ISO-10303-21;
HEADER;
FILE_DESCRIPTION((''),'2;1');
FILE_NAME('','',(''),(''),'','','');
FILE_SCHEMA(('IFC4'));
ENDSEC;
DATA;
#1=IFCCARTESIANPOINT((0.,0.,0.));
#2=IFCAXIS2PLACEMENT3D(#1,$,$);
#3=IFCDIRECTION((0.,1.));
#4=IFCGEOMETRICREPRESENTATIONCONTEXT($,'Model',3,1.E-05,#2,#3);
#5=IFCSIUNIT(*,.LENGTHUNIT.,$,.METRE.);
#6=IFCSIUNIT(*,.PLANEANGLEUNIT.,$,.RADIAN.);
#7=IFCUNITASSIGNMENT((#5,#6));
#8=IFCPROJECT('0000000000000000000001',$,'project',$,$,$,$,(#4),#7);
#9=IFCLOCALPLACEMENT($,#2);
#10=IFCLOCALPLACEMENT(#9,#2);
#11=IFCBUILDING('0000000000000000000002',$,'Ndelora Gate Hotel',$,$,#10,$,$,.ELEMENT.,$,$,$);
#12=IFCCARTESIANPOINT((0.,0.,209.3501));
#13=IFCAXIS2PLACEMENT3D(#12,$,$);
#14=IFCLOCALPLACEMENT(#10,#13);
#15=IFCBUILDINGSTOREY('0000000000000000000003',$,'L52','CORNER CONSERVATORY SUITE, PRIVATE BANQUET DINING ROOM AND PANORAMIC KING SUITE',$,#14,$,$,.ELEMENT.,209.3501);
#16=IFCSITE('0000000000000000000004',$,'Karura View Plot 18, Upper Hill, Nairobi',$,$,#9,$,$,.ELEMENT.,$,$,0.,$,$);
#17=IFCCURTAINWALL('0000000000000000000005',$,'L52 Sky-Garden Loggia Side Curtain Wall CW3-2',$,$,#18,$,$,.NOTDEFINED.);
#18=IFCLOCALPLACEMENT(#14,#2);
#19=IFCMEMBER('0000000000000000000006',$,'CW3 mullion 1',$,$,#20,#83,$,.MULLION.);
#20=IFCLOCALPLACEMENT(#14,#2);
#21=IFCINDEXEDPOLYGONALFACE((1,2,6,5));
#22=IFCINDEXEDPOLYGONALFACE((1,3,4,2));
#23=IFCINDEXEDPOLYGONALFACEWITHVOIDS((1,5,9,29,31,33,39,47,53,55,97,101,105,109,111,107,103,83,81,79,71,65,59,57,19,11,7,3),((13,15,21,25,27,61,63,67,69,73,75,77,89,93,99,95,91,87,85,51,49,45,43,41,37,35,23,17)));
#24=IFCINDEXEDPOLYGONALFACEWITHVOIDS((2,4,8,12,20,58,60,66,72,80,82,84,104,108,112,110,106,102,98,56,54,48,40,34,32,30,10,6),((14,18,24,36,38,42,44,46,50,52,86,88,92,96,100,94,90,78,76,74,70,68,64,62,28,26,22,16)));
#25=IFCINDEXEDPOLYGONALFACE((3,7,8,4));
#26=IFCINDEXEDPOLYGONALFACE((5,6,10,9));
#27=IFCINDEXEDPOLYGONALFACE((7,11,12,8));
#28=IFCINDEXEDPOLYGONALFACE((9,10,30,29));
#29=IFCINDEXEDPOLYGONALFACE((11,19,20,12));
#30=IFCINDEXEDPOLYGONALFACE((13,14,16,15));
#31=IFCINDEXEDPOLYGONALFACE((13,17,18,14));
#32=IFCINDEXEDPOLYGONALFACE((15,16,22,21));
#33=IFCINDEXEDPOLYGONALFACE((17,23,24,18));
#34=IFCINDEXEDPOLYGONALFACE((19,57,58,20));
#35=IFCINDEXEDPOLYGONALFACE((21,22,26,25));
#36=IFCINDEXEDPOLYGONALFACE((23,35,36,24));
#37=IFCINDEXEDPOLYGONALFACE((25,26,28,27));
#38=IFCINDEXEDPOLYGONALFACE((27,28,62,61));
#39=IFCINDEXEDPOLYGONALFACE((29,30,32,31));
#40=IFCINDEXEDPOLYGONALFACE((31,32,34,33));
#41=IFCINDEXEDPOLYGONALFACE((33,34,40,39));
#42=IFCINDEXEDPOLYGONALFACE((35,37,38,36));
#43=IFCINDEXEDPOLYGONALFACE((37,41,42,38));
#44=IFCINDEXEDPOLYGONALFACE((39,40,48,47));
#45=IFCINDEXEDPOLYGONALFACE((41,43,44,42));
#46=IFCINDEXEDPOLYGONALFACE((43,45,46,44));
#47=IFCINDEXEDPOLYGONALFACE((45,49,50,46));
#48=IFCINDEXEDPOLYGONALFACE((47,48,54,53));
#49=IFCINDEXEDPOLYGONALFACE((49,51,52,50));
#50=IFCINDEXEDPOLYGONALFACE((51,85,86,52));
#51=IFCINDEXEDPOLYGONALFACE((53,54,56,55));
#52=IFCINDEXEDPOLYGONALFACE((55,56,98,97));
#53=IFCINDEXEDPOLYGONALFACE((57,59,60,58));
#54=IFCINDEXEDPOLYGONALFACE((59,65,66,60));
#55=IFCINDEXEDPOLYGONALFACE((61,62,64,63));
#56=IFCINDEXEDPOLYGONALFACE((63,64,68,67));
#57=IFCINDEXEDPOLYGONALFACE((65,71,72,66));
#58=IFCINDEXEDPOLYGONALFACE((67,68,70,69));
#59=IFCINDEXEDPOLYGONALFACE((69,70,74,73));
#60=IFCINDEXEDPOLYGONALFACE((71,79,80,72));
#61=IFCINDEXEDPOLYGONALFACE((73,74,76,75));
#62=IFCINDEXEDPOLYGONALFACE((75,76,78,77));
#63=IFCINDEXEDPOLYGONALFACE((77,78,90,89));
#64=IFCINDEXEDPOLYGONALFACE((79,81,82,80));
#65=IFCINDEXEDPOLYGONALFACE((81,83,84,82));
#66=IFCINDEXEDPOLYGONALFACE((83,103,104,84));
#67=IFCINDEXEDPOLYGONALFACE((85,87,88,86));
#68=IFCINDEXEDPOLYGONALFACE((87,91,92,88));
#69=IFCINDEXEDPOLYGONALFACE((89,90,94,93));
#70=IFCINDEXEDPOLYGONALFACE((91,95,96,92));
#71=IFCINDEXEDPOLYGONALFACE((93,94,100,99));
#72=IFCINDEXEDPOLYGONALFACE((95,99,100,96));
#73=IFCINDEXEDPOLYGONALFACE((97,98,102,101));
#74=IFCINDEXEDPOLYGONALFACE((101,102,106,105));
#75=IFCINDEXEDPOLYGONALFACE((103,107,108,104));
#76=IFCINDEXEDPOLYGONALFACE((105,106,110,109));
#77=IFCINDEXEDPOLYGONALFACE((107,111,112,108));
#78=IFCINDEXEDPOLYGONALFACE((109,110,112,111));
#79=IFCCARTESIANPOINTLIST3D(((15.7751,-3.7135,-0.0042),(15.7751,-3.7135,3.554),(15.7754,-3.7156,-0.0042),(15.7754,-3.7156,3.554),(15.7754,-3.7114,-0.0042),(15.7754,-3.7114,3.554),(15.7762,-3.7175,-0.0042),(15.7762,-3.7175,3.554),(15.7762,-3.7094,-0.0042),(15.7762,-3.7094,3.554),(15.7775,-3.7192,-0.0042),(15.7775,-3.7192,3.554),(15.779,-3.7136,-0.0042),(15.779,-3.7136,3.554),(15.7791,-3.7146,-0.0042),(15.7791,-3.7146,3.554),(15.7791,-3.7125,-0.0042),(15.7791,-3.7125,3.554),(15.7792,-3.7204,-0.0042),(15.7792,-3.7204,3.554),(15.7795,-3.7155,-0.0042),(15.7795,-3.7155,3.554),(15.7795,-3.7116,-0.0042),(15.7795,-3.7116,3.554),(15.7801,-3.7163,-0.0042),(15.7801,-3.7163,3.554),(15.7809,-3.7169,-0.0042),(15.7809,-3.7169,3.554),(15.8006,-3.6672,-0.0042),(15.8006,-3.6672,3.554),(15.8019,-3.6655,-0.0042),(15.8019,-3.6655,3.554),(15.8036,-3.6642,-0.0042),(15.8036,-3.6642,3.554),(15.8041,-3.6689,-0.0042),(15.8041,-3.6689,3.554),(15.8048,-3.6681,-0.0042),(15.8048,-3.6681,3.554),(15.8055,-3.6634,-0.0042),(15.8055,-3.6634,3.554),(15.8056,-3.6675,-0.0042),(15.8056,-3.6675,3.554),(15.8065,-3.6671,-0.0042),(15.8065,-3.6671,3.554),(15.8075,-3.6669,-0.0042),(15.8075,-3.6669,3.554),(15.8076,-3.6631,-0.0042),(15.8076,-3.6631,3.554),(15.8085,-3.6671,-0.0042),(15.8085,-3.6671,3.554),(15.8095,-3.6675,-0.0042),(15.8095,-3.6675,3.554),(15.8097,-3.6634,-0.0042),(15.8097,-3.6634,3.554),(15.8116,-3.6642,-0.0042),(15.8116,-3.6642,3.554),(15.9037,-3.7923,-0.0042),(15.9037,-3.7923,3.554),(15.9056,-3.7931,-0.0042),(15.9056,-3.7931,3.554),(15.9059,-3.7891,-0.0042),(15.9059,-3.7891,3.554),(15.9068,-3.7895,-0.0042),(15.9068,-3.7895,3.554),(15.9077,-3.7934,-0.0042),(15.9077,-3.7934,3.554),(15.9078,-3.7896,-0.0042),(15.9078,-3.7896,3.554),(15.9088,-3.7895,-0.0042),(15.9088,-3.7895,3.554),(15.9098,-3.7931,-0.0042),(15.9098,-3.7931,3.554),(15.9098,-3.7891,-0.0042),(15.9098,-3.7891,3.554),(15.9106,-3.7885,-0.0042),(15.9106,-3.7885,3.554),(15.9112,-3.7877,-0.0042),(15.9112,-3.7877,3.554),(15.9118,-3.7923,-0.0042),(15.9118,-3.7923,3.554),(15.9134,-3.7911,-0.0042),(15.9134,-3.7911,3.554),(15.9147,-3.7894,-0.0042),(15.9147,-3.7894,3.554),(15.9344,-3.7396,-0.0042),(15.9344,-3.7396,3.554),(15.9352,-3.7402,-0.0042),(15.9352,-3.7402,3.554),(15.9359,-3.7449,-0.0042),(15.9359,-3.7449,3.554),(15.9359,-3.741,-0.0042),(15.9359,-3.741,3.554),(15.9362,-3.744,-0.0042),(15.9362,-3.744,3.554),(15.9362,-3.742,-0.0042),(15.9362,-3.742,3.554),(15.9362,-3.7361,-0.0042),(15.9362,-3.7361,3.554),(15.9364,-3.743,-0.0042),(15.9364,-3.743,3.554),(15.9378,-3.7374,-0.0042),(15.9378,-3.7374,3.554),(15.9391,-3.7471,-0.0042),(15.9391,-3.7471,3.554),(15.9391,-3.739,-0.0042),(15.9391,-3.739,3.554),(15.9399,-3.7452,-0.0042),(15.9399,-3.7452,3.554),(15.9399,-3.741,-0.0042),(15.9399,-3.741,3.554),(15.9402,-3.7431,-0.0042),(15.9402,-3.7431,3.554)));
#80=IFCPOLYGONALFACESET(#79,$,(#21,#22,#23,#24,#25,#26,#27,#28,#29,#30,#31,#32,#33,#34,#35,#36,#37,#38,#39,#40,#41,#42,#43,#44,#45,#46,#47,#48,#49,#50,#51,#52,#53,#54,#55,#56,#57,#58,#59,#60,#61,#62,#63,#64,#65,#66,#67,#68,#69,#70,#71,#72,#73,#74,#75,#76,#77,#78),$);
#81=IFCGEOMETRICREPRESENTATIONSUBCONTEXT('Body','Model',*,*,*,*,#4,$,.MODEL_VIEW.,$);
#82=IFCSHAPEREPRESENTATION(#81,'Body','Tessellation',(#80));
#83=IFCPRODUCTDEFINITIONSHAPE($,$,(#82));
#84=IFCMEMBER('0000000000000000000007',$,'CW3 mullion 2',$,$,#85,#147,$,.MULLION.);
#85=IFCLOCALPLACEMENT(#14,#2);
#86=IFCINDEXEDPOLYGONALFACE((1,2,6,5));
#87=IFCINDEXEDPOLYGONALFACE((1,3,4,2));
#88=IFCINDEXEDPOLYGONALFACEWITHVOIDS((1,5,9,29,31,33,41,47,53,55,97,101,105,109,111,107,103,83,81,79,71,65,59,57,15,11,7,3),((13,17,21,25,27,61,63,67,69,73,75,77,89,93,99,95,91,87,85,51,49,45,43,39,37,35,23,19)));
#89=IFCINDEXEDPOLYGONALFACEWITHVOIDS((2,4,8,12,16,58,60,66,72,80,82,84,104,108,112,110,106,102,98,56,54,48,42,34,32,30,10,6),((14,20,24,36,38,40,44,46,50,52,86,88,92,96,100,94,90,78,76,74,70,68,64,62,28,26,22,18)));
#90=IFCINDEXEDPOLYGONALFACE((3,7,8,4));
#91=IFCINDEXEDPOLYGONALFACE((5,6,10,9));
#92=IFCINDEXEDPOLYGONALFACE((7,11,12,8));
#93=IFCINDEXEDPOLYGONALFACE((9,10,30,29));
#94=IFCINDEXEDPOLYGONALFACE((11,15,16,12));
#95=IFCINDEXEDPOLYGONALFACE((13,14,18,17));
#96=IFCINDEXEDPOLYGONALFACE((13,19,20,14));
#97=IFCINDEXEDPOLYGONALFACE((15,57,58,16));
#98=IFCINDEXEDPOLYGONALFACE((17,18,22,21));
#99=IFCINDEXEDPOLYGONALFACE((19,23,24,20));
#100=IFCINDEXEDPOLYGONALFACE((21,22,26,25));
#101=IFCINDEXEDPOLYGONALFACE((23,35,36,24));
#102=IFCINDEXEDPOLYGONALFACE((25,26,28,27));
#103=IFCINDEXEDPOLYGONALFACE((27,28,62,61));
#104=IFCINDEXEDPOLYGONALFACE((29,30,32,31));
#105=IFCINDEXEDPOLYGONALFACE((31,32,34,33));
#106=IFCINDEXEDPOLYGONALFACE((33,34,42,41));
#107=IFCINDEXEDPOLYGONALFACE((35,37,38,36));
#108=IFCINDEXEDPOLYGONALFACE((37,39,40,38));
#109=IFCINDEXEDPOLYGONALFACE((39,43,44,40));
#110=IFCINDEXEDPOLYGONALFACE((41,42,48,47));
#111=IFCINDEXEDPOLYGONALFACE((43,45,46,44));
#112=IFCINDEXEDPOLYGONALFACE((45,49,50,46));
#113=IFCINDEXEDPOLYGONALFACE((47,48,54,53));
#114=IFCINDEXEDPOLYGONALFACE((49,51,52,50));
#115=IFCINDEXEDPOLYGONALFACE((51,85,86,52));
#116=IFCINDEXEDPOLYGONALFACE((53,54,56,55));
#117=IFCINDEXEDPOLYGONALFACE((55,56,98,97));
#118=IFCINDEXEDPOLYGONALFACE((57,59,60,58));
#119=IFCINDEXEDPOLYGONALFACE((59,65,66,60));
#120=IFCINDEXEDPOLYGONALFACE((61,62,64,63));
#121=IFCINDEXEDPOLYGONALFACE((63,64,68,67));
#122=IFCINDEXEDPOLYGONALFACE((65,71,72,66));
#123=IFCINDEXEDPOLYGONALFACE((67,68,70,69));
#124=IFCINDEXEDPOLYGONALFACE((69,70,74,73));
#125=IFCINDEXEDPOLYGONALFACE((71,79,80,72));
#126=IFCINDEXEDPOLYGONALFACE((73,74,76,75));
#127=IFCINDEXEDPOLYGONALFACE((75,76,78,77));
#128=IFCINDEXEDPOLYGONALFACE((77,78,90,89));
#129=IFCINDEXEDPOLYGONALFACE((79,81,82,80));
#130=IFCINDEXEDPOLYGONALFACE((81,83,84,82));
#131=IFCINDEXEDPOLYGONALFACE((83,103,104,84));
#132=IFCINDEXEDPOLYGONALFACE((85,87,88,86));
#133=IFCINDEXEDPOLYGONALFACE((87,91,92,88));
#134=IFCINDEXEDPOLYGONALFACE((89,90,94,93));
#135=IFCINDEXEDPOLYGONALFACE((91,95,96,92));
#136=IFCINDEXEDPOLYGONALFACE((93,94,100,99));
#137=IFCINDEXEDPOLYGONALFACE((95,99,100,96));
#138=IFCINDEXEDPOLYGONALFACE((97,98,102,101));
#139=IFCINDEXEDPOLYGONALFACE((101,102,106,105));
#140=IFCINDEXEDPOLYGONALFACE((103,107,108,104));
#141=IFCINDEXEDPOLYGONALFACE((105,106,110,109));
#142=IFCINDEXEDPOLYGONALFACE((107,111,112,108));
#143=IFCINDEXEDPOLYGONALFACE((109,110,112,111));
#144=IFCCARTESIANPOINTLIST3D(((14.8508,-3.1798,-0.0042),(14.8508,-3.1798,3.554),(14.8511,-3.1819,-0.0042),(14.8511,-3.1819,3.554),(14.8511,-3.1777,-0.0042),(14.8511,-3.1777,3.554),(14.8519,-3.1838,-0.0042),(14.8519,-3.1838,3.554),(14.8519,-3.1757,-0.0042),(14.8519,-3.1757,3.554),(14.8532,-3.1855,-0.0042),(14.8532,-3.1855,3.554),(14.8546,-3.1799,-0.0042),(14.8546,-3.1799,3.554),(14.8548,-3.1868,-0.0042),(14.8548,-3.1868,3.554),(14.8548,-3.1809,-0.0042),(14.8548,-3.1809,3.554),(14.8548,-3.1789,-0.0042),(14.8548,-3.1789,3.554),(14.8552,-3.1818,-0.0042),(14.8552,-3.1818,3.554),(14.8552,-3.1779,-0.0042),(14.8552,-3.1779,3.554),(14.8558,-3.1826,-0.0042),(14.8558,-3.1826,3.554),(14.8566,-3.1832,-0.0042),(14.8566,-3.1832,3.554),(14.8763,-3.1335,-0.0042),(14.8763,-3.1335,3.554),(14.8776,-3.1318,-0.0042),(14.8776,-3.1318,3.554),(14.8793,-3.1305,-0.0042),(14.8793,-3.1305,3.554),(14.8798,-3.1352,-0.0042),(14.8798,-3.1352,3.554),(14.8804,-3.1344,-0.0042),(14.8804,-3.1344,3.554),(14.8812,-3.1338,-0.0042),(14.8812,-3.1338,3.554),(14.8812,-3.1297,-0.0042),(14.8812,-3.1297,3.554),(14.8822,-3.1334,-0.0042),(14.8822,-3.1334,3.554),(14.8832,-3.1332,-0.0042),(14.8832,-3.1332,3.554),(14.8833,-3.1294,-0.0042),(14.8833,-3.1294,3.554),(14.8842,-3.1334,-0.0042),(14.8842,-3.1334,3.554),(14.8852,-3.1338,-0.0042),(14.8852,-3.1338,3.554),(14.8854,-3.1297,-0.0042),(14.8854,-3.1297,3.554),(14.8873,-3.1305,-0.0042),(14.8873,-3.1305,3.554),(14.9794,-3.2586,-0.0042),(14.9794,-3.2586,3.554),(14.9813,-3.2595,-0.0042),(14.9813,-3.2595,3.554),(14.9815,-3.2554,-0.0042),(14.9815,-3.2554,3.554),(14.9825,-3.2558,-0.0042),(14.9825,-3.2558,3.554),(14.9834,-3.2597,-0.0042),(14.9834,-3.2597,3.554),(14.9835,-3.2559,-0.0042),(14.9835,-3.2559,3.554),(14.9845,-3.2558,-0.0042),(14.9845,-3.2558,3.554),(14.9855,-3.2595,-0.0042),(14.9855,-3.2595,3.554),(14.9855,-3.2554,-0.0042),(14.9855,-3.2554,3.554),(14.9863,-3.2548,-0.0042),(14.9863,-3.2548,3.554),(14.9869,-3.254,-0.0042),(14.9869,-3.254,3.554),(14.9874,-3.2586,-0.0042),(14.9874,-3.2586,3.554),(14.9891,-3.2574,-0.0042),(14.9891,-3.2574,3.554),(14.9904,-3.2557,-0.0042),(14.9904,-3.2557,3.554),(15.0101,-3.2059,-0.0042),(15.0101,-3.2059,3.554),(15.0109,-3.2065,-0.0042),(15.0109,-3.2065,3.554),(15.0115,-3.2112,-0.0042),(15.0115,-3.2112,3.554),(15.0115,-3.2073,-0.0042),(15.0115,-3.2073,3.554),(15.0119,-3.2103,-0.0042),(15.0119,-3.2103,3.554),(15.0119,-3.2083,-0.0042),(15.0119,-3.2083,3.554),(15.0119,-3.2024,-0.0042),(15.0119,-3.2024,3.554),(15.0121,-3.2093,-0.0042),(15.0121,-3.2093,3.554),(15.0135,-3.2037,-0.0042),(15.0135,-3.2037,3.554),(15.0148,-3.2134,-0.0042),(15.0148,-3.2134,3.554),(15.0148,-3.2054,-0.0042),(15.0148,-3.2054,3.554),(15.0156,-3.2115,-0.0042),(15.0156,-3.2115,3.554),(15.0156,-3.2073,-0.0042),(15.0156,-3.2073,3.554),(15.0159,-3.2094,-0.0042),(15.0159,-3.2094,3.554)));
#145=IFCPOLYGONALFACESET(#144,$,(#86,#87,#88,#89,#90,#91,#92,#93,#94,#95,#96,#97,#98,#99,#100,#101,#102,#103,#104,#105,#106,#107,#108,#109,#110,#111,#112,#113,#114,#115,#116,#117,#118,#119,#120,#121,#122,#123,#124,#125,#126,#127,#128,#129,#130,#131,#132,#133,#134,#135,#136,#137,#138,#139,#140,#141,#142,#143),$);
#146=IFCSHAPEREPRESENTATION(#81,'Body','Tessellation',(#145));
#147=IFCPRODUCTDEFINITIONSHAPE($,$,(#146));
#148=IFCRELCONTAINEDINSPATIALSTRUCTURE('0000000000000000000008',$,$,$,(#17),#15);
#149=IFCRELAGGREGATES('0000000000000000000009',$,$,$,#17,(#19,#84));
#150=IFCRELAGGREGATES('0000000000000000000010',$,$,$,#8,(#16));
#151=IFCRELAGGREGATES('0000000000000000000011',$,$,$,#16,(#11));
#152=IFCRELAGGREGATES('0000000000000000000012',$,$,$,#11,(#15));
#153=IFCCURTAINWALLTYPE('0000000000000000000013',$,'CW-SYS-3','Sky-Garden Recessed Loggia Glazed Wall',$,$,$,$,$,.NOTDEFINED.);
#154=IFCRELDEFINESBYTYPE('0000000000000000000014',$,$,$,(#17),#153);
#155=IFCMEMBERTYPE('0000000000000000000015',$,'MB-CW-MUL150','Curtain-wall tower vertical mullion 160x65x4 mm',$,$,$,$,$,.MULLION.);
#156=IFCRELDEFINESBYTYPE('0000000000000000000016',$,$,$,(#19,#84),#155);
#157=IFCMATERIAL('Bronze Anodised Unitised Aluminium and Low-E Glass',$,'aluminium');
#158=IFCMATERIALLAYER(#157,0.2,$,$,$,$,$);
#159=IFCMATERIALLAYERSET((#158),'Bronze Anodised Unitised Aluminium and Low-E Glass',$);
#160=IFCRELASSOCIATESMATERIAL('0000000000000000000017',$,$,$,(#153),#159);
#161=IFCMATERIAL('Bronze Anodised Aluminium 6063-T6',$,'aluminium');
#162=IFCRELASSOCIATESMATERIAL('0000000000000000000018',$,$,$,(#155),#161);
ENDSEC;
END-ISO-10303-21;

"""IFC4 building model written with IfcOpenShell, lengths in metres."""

from ifc_helpers import new_model, si_unit, direction, frame, origin, origin_2d, place, context, subcontext, project, spatial, hollow_rectangle, extrude, material, layer, layer_set, material_profile, profile_set, type_object, element, aggregate, save


model = new_model("IFC4")

# Units and contexts
model_context = context("Model", 3, precision=1e-05, world=origin(), true_north=direction((0.0, 1.0)))
body_context = subcontext(model_context, "Body", "Model", "MODEL_VIEW")
ifc_project = project(units=[si_unit("LENGTHUNIT", "METRE"), si_unit("PLANEANGLEUNIT", "RADIAN")], contexts=[model_context])

# Site, building, storey
site_placement = place(None, origin())
site = spatial("IfcSite", under=ifc_project, at=site_placement, Name="Karura View Plot 18, Upper Hill, Nairobi", CompositionType="ELEMENT", RefElevation=0.0)
building_placement = place(site_placement, origin())
building = spatial("IfcBuilding", under=site, at=building_placement, Name="Ndelora Gate Hotel", CompositionType="ELEMENT")
storey_placement = place(building_placement, frame((0.0, 0.0, 209.3501)))
storey = spatial("IfcBuildingStorey", under=building, at=storey_placement, Name="L52", Description="CORNER CONSERVATORY SUITE, PRIVATE BANQUET DINING ROOM AND PANORAMIC KING SUITE", CompositionType="ELEMENT", Elevation=209.3501)

# Curtain wall, members
ifc_material_1 = material(Name="Bronze Anodised Unitised Aluminium and Low-E Glass", Category="aluminium")
ifc_layer_1 = layer(ifc_material_1, 0.2)
ifc_layer_set_1 = layer_set([ifc_layer_1], Name="Bronze Anodised Unitised Aluminium and Low-E Glass")
curtain_wall_type = type_object("IfcCurtainWallType", Name="CW-SYS-3", Description="Sky-Garden Recessed Loggia Glazed Wall", PredefinedType="NOTDEFINED", material=ifc_layer_set_1)
curtain_wall_placement = place(storey_placement, origin())
curtain_wall = element("IfcCurtainWall", 1, at=curtain_wall_placement, inside=storey, type_object=curtain_wall_type, Name="L52 Sky-Garden Loggia Side Curtain Wall CW3-2", PredefinedType="NOTDEFINED")
ifc_material_2 = material(Name="Bronze Anodised Aluminium 6063-T6", Category="aluminium")
ifc_material_profile_1 = material_profile(ifc_material_2, hollow_rectangle(XDim=0.0649, YDim=0.1599, WallThickness=0.0039, InnerFilletRadius=0.0039, OuterFilletRadius=0.0081, at=origin_2d()), Name="ALU 160x65x4")
ifc_profile_set_1 = profile_set([ifc_material_profile_1], Name="Bronze Anodised Aluminium 6063-T6")
member_type_1 = type_object("IfcMemberType", Name="MB-CW-MUL150", Description="Curtain-wall tower vertical mullion 160x65x4 mm", PredefinedType="MULLION", material=ifc_profile_set_1)
member_1_placement = place(storey_placement, frame((15.8577, -3.7283, -0.0042), z_axis=(0.0, 0.0, 1.0), x_axis=(-0.499991, -0.86603, 0.0)))
member_1 = element("IfcMember", 2, at=member_1_placement, type_object=member_type_1, Name="CW3 mullion 1", PredefinedType="MULLION", context=body_context, shape_type="SweptSolid", body=[
    extrude(hollow_rectangle(XDim=0.0649, YDim=0.1599, WallThickness=0.0039, InnerFilletRadius=0.0039, OuterFilletRadius=0.0081, at=origin_2d()), origin(), (0.0, 0.0, 1.0), 3.5581),
])
member_2_placement = place(storey_placement, frame((14.9333, -3.1946, -0.0042), z_axis=(0.0, 0.0, 1.0), x_axis=(-0.499991, -0.86603, 0.0)))
member_2 = element("IfcMember", 3, at=member_2_placement, type_object=member_type_1, Name="CW3 mullion 2", PredefinedType="MULLION", context=body_context, shape_type="SweptSolid", body=[
    extrude(hollow_rectangle(XDim=0.0649, YDim=0.1599, WallThickness=0.0039, InnerFilletRadius=0.0039, OuterFilletRadius=0.0081, at=origin_2d()), origin(), (0.0, 0.0, 1.0), 3.5581),
])
aggregate(curtain_wall, [member_1, member_2])

save(model, "model.ifc")
